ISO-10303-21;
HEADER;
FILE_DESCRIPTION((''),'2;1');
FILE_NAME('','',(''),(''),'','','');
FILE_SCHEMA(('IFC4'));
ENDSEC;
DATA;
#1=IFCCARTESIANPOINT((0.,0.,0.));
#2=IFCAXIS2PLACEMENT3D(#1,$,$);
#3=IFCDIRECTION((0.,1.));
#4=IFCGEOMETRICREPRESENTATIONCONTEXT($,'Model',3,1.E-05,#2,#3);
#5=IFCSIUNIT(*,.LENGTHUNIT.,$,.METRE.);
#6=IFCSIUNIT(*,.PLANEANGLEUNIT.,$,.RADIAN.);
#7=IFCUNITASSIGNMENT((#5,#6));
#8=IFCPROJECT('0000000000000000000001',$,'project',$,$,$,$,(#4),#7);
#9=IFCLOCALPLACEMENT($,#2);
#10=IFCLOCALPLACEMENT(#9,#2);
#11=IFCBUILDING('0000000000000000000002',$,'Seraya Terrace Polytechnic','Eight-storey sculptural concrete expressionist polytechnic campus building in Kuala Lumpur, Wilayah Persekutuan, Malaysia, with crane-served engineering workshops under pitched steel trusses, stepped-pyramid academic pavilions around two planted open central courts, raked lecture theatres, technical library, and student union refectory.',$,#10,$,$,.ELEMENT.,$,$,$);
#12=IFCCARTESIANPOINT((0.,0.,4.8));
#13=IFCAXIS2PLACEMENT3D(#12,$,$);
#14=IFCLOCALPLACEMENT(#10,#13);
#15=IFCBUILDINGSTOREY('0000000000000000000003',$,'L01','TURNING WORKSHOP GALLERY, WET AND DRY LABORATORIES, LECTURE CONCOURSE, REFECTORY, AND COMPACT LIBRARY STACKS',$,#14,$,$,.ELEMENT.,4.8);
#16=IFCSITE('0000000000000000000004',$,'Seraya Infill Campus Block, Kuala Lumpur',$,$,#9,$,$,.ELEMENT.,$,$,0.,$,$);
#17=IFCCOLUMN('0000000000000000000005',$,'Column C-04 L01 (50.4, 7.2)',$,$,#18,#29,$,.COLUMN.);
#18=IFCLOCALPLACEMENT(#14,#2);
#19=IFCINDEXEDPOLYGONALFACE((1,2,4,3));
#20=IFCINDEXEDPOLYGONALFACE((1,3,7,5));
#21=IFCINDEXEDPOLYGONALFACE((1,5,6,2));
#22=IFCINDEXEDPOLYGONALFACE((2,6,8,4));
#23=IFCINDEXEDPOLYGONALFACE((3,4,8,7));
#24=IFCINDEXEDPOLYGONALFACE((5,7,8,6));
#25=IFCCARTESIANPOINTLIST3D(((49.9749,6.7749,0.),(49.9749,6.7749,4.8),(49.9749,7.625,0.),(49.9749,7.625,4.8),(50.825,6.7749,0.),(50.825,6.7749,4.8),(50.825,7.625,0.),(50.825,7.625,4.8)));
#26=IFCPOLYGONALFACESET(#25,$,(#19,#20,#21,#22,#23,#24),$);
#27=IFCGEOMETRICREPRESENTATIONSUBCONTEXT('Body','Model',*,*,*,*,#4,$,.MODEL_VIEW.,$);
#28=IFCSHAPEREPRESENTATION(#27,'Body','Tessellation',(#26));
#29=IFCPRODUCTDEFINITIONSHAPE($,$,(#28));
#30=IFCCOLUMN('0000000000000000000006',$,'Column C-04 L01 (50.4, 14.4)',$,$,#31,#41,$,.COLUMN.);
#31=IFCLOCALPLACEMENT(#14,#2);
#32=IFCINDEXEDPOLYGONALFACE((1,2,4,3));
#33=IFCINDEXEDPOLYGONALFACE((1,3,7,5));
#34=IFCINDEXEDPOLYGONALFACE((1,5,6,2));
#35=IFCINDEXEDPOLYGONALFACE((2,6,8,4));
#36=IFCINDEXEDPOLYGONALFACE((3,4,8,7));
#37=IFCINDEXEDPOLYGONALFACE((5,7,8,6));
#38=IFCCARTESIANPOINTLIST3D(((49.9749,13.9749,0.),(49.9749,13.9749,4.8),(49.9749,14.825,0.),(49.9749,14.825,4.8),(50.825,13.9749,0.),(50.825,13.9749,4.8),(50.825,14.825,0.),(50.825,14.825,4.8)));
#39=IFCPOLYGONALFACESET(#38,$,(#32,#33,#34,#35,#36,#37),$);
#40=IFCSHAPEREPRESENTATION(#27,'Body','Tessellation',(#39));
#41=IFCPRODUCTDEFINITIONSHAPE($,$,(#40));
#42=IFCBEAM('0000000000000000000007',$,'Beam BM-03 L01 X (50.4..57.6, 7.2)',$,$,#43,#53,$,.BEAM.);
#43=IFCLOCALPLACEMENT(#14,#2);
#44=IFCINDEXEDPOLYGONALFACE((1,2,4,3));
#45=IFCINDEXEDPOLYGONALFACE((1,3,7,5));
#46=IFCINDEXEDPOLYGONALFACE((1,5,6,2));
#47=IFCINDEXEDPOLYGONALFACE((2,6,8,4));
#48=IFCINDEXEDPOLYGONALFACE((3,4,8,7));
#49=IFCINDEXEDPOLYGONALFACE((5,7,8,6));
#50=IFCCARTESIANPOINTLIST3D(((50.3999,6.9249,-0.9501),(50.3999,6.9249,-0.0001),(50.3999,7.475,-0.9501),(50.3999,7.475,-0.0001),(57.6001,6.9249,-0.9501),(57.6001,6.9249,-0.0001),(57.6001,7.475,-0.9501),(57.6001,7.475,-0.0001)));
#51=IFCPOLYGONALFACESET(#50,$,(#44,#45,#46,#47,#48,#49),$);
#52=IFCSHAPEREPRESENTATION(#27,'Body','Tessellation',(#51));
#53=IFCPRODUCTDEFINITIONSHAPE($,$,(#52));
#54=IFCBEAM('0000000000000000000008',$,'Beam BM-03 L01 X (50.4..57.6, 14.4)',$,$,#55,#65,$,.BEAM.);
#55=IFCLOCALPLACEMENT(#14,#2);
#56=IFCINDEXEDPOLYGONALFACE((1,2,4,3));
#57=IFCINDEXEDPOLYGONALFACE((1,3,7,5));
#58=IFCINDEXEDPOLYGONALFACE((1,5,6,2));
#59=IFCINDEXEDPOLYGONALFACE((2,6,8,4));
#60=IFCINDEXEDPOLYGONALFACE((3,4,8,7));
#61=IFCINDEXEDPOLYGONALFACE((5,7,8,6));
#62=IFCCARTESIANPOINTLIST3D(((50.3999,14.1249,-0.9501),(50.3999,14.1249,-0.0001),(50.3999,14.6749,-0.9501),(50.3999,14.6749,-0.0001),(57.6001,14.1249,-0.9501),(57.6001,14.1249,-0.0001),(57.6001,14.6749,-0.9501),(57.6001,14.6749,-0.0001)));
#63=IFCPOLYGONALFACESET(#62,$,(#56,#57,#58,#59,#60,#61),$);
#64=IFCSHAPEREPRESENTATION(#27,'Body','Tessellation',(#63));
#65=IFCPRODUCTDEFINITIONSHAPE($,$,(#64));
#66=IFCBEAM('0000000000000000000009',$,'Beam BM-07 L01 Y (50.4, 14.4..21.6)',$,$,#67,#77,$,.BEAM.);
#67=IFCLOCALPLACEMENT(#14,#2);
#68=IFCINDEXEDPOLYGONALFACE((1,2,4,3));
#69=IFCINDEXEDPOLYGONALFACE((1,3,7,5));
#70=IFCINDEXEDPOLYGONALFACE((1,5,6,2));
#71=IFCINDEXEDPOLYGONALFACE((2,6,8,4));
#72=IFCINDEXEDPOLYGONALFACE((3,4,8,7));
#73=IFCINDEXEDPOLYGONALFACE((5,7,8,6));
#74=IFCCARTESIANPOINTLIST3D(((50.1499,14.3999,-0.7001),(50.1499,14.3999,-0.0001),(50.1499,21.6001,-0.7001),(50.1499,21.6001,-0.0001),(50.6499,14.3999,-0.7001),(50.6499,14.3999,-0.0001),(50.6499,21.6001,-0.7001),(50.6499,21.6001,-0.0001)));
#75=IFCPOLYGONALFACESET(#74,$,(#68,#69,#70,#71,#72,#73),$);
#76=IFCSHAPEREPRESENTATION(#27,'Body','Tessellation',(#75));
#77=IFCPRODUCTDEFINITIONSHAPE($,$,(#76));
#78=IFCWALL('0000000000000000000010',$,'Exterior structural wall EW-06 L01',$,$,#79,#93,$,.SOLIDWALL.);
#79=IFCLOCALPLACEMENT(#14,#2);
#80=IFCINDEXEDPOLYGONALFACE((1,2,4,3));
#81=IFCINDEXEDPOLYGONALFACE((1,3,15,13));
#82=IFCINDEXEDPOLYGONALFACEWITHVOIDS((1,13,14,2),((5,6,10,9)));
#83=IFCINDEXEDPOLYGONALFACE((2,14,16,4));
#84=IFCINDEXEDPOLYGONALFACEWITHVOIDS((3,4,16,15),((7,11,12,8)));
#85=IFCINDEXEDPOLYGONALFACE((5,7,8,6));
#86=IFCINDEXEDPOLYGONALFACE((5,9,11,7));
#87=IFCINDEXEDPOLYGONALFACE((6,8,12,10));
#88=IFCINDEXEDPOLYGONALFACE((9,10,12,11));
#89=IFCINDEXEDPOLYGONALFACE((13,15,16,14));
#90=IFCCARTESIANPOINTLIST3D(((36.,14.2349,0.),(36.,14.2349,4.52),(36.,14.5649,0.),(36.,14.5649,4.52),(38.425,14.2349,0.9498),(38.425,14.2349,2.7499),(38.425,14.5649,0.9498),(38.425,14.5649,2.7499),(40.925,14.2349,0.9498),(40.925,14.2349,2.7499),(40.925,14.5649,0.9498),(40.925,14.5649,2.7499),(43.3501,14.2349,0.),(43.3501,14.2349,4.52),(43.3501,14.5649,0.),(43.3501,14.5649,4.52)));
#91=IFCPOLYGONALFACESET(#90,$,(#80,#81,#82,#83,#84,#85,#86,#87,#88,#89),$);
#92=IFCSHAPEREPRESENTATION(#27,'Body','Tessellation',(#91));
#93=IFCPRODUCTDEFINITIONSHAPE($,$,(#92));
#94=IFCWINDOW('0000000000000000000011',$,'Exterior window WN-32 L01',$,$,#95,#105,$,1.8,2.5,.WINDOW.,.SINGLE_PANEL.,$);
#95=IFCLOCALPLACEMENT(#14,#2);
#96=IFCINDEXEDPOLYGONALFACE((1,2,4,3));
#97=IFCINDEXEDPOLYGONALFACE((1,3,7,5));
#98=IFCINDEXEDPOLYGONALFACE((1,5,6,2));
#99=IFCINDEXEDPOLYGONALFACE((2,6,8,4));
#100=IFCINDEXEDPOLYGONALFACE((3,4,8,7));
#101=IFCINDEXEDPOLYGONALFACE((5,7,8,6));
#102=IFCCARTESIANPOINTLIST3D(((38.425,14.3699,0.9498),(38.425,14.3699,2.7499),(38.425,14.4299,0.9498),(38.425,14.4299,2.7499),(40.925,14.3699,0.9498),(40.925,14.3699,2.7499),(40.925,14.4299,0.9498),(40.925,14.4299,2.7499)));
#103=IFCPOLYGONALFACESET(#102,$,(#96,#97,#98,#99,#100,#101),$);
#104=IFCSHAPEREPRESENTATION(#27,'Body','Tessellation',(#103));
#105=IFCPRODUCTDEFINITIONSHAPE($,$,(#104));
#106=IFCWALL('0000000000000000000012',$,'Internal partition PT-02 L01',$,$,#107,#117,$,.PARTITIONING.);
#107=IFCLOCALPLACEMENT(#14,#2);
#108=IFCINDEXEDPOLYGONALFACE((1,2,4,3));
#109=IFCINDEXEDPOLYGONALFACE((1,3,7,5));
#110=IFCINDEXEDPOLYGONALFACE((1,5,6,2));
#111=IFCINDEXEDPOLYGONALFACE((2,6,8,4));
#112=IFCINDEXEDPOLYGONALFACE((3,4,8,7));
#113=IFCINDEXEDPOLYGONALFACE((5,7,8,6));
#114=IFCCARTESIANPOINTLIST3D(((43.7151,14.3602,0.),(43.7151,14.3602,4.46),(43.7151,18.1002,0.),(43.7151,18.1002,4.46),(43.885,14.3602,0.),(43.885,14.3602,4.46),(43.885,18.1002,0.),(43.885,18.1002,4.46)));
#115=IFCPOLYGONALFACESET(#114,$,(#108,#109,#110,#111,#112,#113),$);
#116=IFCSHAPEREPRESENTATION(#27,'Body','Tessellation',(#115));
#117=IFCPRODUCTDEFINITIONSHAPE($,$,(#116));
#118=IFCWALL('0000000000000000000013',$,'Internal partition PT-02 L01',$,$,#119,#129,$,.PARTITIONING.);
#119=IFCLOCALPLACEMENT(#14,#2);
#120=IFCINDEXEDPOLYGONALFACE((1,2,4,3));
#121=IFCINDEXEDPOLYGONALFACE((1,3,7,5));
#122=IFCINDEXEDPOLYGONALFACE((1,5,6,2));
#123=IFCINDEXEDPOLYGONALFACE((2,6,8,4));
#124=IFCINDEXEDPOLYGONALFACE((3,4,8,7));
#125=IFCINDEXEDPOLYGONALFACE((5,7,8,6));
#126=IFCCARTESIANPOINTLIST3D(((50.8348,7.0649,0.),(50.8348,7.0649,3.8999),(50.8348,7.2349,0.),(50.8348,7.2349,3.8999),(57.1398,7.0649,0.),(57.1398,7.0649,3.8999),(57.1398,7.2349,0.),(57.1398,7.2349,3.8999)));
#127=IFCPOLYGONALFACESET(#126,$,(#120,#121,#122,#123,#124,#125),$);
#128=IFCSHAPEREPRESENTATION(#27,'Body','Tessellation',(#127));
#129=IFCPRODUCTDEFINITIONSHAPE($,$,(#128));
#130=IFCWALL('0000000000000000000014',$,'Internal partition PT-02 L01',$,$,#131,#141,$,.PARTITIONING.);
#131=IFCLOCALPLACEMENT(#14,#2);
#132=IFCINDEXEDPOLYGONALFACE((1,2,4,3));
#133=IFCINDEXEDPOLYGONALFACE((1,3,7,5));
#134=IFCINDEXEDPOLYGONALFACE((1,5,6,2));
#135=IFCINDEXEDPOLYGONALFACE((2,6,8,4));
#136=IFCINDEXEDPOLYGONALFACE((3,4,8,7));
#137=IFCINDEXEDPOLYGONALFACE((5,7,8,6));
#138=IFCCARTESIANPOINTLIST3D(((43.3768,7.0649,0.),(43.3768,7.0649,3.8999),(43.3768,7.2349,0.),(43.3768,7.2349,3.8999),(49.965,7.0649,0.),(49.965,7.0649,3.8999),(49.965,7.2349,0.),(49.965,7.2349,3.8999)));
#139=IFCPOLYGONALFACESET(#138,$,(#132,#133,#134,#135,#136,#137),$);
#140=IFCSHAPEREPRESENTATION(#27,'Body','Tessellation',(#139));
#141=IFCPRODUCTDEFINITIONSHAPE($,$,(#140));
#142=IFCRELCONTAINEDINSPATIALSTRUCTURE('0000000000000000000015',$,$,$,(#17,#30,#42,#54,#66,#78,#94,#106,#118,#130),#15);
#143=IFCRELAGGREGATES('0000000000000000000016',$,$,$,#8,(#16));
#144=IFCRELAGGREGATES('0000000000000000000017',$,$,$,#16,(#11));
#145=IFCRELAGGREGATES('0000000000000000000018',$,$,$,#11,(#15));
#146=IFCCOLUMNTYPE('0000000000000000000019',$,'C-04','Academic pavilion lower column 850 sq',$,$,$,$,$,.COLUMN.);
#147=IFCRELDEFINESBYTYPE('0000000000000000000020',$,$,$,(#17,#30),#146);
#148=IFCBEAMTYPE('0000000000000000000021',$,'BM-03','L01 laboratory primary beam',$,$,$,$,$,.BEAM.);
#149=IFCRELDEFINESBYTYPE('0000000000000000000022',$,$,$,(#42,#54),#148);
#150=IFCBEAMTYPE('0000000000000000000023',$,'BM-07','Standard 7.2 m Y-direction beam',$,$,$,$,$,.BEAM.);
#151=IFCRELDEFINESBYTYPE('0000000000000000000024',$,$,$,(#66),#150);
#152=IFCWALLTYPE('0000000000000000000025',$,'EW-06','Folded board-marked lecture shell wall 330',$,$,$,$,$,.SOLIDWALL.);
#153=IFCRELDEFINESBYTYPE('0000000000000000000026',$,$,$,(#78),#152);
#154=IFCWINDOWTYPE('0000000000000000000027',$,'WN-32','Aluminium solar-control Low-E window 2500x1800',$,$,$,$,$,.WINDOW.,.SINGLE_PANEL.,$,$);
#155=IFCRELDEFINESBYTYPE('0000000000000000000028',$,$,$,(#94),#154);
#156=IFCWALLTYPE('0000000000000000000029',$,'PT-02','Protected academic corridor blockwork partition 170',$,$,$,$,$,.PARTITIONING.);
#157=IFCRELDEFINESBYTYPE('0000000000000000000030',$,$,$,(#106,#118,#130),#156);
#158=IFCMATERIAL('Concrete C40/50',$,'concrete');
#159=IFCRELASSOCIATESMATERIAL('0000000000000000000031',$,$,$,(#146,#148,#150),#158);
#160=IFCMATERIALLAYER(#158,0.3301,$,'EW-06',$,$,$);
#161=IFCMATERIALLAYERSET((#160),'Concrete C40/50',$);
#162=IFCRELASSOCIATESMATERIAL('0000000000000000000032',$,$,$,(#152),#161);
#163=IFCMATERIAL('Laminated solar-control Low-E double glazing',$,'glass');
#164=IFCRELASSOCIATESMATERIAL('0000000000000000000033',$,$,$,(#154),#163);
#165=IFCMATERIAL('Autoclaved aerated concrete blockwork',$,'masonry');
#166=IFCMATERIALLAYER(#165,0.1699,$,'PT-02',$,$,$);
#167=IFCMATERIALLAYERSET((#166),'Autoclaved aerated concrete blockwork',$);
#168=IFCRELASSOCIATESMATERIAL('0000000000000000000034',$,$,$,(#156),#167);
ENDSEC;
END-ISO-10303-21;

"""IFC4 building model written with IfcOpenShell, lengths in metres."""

from ifc_helpers import new_model, si_unit, direction, frame, frame_2d, origin, origin_2d, place, context, subcontext, project, spatial, rectangle, extrude, material, layer, layer_set, material_profile, profile_set, type_object, element, fill, save


model = new_model("IFC4")

# Units and contexts
model_context = context("Model", 3, precision=1e-05, world=origin(), true_north=direction((0.0, 1.0)))
body_context = subcontext(model_context, "Body", "Model", "MODEL_VIEW")
ifc_project = project(units=[si_unit("LENGTHUNIT", "METRE"), si_unit("PLANEANGLEUNIT", "RADIAN")], contexts=[model_context])

# Site, building, storey
site_placement = place(None, origin())
site = spatial("IfcSite", under=ifc_project, at=site_placement, Name="Seraya Infill Campus Block, Kuala Lumpur", CompositionType="ELEMENT", RefElevation=0.0)
building_placement = place(site_placement, origin())
building = spatial("IfcBuilding", under=site, at=building_placement, Name="Seraya Terrace Polytechnic", Description="Eight-storey sculptural concrete expressionist polytechnic campus building in Kuala Lumpur, Wilayah Persekutuan, Malaysia, with crane-served engineering workshops under pitched steel trusses, stepped-pyramid academic pavilions around two planted open central courts, raked lecture theatres, technical library, and student union refectory.", CompositionType="ELEMENT")
storey_placement = place(building_placement, frame((0.0, 0.0, 4.8)))
storey = spatial("IfcBuildingStorey", under=building, at=storey_placement, Name="L01", Description="TURNING WORKSHOP GALLERY, WET AND DRY LABORATORIES, LECTURE CONCOURSE, REFECTORY, AND COMPACT LIBRARY STACKS", CompositionType="ELEMENT", Elevation=4.8)

# Columns
ifc_material_1 = material(Name="Concrete C40/50", Category="concrete")
ifc_material_profile_1 = material_profile(ifc_material_1, rectangle(XDim=0.8501, YDim=0.8501, at=origin_2d()), Name="RC 850x850")
ifc_profile_set_1 = profile_set([ifc_material_profile_1], Name="Concrete C40/50")
column_type = type_object("IfcColumnType", Name="C-04", Description="Academic pavilion lower column 850 sq", PredefinedType="COLUMN", material=ifc_profile_set_1)
for number, where, z_axis, x_axis, name in (
    (1, (50.3999, 7.2, 0.0), (0.0, 0.0, 1.0), (1.0, 0.0, 0.0), "Column C-04 L01 (50.4, 7.2)"),
    (2, (50.3999, 14.3999, 0.0), (0.0, 0.0, 1.0), (1.0, 0.0, 0.0), "Column C-04 L01 (50.4, 14.4)"),
):
    element("IfcColumn", number, at=place(storey_placement, frame(where, z_axis=z_axis, x_axis=x_axis)), inside=storey, type_object=column_type, Name=name, PredefinedType="COLUMN", context=body_context, shape_type="SweptSolid", body=[
        extrude(rectangle(XDim=0.8501, YDim=0.8501, at=origin_2d()), origin(), (0.0, 0.0, 1.0), 4.8),
    ])

# Beams
ifc_material_profile_2 = material_profile(ifc_material_1, rectangle(XDim=0.55, YDim=0.95, at=origin_2d()), Name="RC 550x950")
ifc_profile_set_2 = profile_set([ifc_material_profile_2], Name="Concrete C40/50")
beam_type_1 = type_object("IfcBeamType", Name="BM-03", Description="L01 laboratory primary beam", PredefinedType="BEAM", material=ifc_profile_set_2)
for number, where, z_axis, x_axis, name in (
    (3, (50.3999, 7.2, -0.4751), (1.0, 0.0, 0.0), (0.0, 1.0, 0.0), "Beam BM-03 L01 X (50.4..57.6, 7.2)"),
    (4, (50.3999, 14.3999, -0.4751), (1.0, 0.0, 0.0), (0.0, 1.0, 0.0), "Beam BM-03 L01 X (50.4..57.6, 14.4)"),
):
    element("IfcBeam", number, at=place(storey_placement, frame(where, z_axis=z_axis, x_axis=x_axis)), inside=storey, type_object=beam_type_1, Name=name, PredefinedType="BEAM", context=body_context, shape_type="SweptSolid", body=[
        extrude(rectangle(XDim=0.55, YDim=0.95, at=origin_2d()), origin(), (0.0, 0.0, 1.0), 7.2002),
    ])
ifc_material_profile_3 = material_profile(ifc_material_1, rectangle(XDim=0.5, YDim=0.7, at=origin_2d()), Name="RC 500x700")
ifc_profile_set_3 = profile_set([ifc_material_profile_3], Name="Concrete C40/50")
beam_type_2 = type_object("IfcBeamType", Name="BM-07", Description="Standard 7.2 m Y-direction beam", PredefinedType="BEAM", material=ifc_profile_set_3)
beam_placement = place(storey_placement, frame((50.3999, 14.3999, -0.3501), z_axis=(0.0, 1.0, 0.0), x_axis=(-1.0, 0.0, 0.0)))
element("IfcBeam", 5, at=beam_placement, inside=storey, type_object=beam_type_2, Name="Beam BM-07 L01 Y (50.4, 14.4..21.6)", PredefinedType="BEAM", context=body_context, shape_type="SweptSolid", body=[
    extrude(rectangle(XDim=0.5, YDim=0.7, at=origin_2d()), origin(), (0.0, 0.0, 1.0), 7.2002),
])

# Wall, opening, window
ifc_layer_1 = layer(ifc_material_1, 0.3301, Name="EW-06")
ifc_layer_set_1 = layer_set([ifc_layer_1], Name="Concrete C40/50")
wall_type_1 = type_object("IfcWallType", Name="EW-06", Description="Folded board-marked lecture shell wall 330", PredefinedType="SOLIDWALL", material=ifc_layer_set_1)
wall_1_placement = place(storey_placement, frame((43.3501, 14.3999, 0.0), z_axis=(0.0, 0.0, 1.0), x_axis=(-1.0, 0.0, 0.0)))
wall_1 = element("IfcWall", 6, at=wall_1_placement, inside=storey, type_object=wall_type_1, Name="Exterior structural wall EW-06 L01", PredefinedType="SOLIDWALL", context=body_context, shape_type="SweptSolid", body=[
    extrude(rectangle(XDim=7.3501, YDim=0.3301, at=frame_2d((3.675, 0.0))), origin(), (0.0, 0.0, 1.0), 4.52),
])
opening_1_placement = place(wall_1_placement, frame((2.425, 0.0, 0.95)))
opening_1 = element("IfcOpeningElement", 7, at=opening_1_placement, cuts=wall_1, PredefinedType="OPENING", context=body_context, shape_type="SweptSolid", body=[
    extrude(rectangle(XDim=2.5, YDim=1.8, at=frame_2d((1.25, 0.8999))), frame((0.0, 0.177, 0.0), z_axis=(0.0, -1.0, 0.0), x_axis=(1.0, 0.0, 0.0)), (0.0, 0.0, 1.0), 0.354),
])
ifc_material_2 = material(Name="Laminated solar-control Low-E double glazing", Category="glass")
window_type_1 = type_object("IfcWindowType", Name="WN-32", Description="Aluminium solar-control Low-E window 2500x1800", PartitioningType="SINGLE_PANEL", PredefinedType="WINDOW", material=ifc_material_2)
window_1_placement = place(opening_1_placement, origin())
window_1 = element("IfcWindow", 8, at=window_1_placement, inside=storey, type_object=window_type_1, Name="Exterior window WN-32 L01", OverallHeight=1.8, OverallWidth=2.5, PartitioningType="SINGLE_PANEL", PredefinedType="WINDOW", context=body_context, shape_type="SweptSolid", body=[
    extrude(rectangle(XDim=2.5, YDim=1.8, at=frame_2d((1.25, 0.8999))), frame((0.0, 0.03, 0.0), z_axis=(0.0, -1.0, 0.0), x_axis=(1.0, 0.0, 0.0)), (0.0, 0.0, 1.0), 0.0601),
])
fill(opening_1, window_1)

# Walls
ifc_material_3 = material(Name="Autoclaved aerated concrete blockwork", Category="masonry")
ifc_layer_2 = layer(ifc_material_3, 0.1699, Name="PT-02")
ifc_layer_set_2 = layer_set([ifc_layer_2], Name="Autoclaved aerated concrete blockwork")
wall_type_2 = type_object("IfcWallType", Name="PT-02", Description="Protected academic corridor blockwork partition 170", PredefinedType="PARTITIONING", material=ifc_layer_set_2)
wall_2_placement = place(storey_placement, frame((43.8, 14.3601, 0.0), z_axis=(0.0, 0.0, 1.0), x_axis=(0.0, 1.0, 0.0)))
element("IfcWall", 9, at=wall_2_placement, inside=storey, type_object=wall_type_2, Name="Internal partition PT-02 L01", PredefinedType="PARTITIONING", context=body_context, shape_type="SweptSolid", body=[
    extrude(rectangle(XDim=3.74, YDim=0.1699, at=frame_2d((1.8701, 0.0))), origin(), (0.0, 0.0, 1.0), 4.46),
])
wall_3_placement = place(storey_placement, frame((50.835, 7.1499, 0.0), z_axis=(0.0, 0.0, 1.0), x_axis=(1.0, 0.0, 0.0)))
element("IfcWall", 10, at=wall_3_placement, inside=storey, type_object=wall_type_2, Name="Internal partition PT-02 L01", PredefinedType="PARTITIONING", context=body_context, shape_type="SweptSolid", body=[
    extrude(rectangle(XDim=6.3049, YDim=0.1699, at=frame_2d((3.1523, 0.0))), origin(), (0.0, 0.0, 1.0), 3.8999),
])
wall_4_placement = place(storey_placement, frame((43.377, 7.1499, 0.0), z_axis=(0.0, 0.0, 1.0), x_axis=(1.0, 0.0, 0.0)))
element("IfcWall", 11, at=wall_4_placement, inside=storey, type_object=wall_type_2, Name="Internal partition PT-02 L01", PredefinedType="PARTITIONING", context=body_context, shape_type="SweptSolid", body=[
    extrude(rectangle(XDim=6.5881, YDim=0.1699, at=frame_2d((3.2939, 0.0))), origin(), (0.0, 0.0, 1.0), 3.8999),
])

save(model, "model.ifc")
